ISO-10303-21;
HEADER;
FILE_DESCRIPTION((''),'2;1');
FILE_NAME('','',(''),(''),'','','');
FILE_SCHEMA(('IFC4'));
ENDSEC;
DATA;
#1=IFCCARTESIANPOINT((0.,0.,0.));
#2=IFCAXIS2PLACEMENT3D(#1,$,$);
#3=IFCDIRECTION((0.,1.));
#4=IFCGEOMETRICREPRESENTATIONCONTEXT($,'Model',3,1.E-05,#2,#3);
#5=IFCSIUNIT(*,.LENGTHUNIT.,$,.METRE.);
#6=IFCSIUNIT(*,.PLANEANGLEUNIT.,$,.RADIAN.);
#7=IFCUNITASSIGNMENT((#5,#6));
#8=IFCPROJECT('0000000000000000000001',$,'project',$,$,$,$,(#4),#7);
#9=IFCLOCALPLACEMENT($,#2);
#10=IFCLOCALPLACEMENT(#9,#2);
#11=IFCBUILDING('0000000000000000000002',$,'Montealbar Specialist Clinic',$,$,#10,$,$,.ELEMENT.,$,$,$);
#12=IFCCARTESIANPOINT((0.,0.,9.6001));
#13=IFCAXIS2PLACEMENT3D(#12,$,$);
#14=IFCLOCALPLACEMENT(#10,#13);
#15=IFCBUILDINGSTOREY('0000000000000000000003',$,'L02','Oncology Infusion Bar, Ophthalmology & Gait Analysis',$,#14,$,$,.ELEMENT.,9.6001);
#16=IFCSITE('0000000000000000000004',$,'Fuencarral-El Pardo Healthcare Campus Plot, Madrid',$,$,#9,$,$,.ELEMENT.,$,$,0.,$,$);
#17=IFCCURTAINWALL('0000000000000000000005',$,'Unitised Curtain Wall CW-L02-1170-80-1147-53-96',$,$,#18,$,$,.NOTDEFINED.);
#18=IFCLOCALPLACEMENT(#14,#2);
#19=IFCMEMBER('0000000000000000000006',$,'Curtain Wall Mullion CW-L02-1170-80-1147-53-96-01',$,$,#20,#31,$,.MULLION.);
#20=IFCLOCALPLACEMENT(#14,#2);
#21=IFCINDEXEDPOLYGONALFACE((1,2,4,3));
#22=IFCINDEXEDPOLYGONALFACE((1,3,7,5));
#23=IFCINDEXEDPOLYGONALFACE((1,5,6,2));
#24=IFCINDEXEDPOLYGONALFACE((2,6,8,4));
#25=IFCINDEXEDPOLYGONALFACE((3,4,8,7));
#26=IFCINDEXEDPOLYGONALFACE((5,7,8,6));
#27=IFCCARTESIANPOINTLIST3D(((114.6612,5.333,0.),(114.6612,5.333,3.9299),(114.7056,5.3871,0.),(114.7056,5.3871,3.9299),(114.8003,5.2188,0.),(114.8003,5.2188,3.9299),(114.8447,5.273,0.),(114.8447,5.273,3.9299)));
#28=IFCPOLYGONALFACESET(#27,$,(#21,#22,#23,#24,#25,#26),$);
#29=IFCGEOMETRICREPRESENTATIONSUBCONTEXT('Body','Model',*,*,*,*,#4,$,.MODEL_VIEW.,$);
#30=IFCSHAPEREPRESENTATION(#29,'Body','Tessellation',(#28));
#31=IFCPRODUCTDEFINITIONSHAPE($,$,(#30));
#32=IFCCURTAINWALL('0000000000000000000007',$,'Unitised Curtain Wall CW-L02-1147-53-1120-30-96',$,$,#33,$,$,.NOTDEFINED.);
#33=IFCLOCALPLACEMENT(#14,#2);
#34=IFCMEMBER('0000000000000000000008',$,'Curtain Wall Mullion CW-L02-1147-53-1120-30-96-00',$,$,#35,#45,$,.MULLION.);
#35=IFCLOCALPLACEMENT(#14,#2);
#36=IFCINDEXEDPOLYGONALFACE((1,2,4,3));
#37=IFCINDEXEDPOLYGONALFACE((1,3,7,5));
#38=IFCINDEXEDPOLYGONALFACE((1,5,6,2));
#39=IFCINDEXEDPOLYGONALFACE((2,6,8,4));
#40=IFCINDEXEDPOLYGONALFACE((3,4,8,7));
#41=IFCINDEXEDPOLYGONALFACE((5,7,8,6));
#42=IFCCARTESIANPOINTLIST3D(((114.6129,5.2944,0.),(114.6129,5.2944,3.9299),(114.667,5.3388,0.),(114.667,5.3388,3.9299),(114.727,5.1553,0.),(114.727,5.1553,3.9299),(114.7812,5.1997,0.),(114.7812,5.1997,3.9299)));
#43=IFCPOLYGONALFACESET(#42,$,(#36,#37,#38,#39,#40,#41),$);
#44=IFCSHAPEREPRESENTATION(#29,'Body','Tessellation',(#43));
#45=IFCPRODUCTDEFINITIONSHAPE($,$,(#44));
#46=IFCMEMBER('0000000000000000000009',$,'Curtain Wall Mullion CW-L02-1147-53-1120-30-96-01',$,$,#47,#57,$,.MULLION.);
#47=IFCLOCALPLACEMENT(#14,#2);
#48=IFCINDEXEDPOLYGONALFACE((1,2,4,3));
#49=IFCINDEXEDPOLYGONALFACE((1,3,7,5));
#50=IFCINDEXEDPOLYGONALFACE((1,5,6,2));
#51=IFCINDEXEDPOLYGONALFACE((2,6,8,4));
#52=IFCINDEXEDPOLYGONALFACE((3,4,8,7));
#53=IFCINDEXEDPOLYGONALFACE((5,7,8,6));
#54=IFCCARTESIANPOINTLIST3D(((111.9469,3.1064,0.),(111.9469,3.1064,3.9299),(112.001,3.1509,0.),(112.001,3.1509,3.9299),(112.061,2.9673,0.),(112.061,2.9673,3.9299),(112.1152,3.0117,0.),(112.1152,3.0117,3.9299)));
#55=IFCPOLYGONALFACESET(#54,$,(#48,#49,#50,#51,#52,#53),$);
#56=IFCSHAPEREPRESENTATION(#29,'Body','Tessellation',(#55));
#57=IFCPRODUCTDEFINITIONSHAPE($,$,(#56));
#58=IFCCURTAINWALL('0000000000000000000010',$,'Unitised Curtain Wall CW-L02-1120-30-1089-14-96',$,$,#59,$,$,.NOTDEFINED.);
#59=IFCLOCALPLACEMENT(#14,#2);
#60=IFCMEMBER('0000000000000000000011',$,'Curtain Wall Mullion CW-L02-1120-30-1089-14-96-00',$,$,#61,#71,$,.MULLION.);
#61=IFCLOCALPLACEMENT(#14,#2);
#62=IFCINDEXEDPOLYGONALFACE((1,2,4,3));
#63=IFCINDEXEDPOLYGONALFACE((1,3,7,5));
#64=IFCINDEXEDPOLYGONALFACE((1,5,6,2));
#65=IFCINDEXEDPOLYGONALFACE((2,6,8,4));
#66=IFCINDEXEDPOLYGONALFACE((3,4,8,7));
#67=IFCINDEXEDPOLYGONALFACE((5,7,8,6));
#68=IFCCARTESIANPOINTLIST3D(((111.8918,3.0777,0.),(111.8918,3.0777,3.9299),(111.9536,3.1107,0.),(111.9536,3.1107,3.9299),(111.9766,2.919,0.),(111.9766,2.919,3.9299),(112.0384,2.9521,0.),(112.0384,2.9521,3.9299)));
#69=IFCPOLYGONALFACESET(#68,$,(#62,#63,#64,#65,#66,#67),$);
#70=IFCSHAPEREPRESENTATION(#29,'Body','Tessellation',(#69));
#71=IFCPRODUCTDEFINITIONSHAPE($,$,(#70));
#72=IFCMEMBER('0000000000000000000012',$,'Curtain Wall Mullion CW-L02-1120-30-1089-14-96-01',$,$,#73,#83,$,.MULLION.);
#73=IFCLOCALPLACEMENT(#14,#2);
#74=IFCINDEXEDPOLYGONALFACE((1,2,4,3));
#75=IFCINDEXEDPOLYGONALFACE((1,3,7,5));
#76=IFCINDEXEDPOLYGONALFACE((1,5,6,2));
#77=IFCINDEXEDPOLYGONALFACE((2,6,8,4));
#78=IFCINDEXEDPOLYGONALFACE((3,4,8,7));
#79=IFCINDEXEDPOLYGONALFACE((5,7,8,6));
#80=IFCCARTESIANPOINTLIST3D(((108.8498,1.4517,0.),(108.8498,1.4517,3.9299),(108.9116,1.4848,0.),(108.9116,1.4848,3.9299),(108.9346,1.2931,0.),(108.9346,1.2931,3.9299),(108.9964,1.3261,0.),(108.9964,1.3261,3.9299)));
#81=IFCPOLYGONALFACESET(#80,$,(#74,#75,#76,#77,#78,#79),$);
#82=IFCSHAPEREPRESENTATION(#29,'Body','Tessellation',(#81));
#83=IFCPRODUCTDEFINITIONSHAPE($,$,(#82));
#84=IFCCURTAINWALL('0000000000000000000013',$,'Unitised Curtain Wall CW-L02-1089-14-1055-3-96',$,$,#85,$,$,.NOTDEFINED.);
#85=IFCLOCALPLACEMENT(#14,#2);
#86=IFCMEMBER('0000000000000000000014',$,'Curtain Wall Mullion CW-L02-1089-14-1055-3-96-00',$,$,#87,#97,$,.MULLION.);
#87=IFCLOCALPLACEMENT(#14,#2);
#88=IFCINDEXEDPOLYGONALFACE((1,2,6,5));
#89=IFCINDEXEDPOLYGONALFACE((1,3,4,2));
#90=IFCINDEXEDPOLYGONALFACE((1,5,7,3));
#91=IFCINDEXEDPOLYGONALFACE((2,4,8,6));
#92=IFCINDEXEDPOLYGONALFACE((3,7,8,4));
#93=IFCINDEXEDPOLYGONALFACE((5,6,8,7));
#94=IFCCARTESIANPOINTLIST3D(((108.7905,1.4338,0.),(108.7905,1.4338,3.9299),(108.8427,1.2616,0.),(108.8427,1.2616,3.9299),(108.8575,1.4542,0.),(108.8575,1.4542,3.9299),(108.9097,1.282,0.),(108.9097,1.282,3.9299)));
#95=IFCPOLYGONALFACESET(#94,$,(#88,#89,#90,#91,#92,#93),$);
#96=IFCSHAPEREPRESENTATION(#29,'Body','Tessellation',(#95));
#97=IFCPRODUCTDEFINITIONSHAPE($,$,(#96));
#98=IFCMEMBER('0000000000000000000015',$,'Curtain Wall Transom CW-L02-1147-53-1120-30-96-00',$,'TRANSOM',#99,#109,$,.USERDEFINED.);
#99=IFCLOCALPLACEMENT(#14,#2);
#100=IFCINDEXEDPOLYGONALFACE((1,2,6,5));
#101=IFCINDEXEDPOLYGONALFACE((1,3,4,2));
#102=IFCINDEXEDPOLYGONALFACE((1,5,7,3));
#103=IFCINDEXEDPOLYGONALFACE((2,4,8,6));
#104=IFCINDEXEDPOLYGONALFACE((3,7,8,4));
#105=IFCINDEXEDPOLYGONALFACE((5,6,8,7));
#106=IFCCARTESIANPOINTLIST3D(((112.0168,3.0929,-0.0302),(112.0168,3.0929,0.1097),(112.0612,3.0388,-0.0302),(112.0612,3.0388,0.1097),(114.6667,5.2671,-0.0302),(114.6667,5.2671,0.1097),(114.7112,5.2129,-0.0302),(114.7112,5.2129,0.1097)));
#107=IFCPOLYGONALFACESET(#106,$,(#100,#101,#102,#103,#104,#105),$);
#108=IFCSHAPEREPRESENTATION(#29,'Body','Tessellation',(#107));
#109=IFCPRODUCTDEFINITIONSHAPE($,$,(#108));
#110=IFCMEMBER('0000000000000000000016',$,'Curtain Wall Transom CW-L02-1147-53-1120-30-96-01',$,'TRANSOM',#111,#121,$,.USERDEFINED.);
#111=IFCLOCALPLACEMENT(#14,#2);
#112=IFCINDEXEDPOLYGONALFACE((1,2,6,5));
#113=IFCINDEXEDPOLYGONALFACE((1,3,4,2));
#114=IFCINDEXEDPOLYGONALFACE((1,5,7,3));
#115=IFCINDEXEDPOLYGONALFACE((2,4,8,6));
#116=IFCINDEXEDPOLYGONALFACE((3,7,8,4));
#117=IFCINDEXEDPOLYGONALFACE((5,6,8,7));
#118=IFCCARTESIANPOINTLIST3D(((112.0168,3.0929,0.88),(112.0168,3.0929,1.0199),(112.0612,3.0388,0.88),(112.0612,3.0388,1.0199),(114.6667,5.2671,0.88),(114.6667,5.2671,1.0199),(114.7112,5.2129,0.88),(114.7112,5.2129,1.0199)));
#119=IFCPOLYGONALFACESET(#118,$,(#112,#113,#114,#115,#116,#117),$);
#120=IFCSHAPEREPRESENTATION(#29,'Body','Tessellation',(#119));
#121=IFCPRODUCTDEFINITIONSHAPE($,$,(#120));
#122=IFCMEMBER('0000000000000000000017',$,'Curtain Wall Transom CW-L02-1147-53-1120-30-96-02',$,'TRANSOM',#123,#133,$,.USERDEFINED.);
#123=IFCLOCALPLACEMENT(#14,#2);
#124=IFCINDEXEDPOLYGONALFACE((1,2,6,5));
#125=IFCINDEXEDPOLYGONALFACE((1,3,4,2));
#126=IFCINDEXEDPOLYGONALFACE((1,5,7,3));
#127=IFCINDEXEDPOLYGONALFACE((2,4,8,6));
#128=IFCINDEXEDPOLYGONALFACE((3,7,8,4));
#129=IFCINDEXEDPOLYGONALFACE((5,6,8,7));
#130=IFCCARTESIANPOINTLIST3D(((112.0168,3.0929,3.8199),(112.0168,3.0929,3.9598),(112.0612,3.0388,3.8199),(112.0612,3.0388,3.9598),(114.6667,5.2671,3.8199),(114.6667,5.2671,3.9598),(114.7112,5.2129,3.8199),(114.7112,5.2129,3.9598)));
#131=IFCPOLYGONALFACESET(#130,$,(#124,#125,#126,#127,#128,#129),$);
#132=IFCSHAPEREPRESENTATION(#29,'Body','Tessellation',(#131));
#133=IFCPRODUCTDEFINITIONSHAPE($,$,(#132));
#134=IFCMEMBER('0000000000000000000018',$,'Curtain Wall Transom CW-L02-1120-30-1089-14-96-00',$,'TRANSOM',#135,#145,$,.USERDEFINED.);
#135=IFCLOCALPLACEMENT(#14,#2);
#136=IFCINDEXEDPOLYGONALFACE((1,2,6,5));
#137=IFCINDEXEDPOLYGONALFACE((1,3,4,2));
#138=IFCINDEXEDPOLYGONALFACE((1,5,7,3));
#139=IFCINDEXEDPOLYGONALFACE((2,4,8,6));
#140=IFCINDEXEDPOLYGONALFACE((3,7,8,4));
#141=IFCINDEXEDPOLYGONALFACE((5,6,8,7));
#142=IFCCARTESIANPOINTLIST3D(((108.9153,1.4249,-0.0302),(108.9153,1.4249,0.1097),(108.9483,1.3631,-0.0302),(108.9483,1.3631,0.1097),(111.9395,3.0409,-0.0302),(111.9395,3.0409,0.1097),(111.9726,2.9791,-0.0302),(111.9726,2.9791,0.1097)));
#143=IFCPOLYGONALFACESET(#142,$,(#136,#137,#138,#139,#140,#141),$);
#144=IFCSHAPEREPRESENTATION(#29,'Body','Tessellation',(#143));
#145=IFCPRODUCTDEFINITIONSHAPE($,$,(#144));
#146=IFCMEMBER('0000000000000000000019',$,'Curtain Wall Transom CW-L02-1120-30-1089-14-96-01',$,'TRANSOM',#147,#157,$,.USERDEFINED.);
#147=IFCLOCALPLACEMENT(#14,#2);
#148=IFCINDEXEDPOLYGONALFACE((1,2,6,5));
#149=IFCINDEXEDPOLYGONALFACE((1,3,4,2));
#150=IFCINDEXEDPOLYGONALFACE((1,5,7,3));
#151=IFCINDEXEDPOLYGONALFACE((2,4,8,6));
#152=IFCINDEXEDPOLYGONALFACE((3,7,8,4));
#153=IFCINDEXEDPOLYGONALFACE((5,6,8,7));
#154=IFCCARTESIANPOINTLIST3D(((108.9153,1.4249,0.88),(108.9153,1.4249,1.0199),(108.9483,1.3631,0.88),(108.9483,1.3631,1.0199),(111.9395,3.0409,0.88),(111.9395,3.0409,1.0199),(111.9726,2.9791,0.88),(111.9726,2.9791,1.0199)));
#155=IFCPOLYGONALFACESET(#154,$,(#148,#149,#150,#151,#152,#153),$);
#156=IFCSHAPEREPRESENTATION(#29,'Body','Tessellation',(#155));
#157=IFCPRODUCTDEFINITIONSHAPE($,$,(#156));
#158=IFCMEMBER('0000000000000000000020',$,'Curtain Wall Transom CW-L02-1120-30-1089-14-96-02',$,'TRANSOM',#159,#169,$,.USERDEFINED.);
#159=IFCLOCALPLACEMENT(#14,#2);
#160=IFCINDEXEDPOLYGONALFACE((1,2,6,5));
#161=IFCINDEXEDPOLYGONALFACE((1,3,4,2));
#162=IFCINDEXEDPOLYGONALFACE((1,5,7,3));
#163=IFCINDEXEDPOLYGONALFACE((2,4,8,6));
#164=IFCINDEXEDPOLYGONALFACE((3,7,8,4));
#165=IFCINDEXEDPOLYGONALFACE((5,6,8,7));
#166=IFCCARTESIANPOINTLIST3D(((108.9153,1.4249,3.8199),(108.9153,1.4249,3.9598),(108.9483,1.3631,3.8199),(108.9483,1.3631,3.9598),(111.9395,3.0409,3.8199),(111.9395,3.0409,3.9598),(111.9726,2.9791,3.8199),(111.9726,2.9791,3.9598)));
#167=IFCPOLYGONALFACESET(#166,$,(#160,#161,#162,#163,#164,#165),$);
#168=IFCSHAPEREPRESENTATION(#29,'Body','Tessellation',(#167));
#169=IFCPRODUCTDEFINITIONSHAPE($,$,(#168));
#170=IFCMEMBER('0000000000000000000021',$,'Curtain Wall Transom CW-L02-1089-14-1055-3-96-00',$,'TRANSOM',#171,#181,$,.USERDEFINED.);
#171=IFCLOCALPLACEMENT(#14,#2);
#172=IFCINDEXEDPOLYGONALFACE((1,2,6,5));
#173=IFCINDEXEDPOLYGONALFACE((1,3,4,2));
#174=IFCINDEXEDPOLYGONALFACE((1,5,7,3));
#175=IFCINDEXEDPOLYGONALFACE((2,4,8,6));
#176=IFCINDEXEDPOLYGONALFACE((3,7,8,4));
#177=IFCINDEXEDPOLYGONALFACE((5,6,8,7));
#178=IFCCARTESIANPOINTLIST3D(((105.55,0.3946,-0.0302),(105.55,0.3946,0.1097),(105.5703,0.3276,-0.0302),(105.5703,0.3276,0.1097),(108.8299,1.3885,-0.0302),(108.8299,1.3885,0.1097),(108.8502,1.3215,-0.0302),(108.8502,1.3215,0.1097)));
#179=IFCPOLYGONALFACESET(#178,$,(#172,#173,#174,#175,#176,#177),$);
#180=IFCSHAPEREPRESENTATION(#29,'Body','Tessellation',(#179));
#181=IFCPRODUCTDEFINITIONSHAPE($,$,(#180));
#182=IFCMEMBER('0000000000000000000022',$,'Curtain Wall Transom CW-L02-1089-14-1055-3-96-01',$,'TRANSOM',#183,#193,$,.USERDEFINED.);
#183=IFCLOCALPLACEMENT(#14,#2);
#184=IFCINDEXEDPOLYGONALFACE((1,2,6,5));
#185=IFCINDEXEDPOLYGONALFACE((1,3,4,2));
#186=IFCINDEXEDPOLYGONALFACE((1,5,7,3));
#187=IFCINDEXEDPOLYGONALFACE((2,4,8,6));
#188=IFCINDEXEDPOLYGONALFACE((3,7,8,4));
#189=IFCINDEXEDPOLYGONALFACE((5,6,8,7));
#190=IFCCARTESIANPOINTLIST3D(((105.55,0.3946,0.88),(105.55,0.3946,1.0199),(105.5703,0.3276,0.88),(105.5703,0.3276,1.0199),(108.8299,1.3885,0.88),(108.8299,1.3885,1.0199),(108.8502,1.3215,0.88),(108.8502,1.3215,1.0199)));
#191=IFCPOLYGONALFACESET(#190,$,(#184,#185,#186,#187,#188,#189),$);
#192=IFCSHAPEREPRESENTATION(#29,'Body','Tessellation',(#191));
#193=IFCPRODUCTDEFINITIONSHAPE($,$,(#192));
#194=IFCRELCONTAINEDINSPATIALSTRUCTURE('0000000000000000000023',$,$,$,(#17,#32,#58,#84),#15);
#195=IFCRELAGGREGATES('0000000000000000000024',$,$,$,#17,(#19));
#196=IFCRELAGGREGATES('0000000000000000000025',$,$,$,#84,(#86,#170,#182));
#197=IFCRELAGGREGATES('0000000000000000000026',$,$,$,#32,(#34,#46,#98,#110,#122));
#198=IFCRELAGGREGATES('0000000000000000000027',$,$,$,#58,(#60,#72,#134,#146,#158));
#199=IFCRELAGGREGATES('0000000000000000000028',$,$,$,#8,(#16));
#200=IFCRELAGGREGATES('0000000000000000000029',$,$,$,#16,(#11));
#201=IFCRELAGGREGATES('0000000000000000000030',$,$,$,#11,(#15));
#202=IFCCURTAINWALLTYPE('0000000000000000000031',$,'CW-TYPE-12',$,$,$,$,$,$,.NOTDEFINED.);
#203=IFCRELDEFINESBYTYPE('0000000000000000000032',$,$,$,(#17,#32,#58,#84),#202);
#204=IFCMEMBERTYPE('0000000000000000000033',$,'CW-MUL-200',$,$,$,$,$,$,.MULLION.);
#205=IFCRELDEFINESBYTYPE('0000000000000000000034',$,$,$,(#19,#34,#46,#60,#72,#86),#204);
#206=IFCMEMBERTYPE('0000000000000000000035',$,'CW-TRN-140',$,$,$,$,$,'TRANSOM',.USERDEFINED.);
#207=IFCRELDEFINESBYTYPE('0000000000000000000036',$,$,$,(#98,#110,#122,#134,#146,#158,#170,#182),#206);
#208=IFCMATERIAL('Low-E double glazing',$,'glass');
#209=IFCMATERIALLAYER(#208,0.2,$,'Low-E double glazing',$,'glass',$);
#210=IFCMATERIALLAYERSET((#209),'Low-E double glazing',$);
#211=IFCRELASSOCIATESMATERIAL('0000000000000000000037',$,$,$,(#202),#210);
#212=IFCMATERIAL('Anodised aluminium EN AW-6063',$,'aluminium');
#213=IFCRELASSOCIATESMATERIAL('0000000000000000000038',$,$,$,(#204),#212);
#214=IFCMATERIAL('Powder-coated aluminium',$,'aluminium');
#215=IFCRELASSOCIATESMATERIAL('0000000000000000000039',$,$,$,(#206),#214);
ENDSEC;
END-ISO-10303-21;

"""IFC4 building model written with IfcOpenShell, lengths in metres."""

from ifc_helpers import new_model, si_unit, direction, frame, origin, origin_2d, place, context, subcontext, project, spatial, rectangle, extrude, material, layer, layer_set, material_profile, profile_set, type_object, element, aggregate, save


model = new_model("IFC4")

# Units and contexts
model_context = context("Model", 3, precision=1e-05, world=origin(), true_north=direction((0.0, 1.0)))
body_context = subcontext(model_context, "Body", "Model", "MODEL_VIEW")
ifc_project = project(units=[si_unit("LENGTHUNIT", "METRE"), si_unit("PLANEANGLEUNIT", "RADIAN")], contexts=[model_context])

# Site, building, storey
site_placement = place(None, origin())
site = spatial("IfcSite", under=ifc_project, at=site_placement, Name="Fuencarral-El Pardo Healthcare Campus Plot, Madrid", CompositionType="ELEMENT", RefElevation=0.0)
building_placement = place(site_placement, origin())
building = spatial("IfcBuilding", under=site, at=building_placement, Name="Montealbar Specialist Clinic", CompositionType="ELEMENT")
storey_placement = place(building_placement, frame((0.0, 0.0, 9.6001)))
storey = spatial("IfcBuildingStorey", under=building, at=storey_placement, Name="L02", Description="Oncology Infusion Bar, Ophthalmology & Gait Analysis", CompositionType="ELEMENT", Elevation=9.6001)

# Curtain wall, member
ifc_material_1 = material(Name="Low-E double glazing", Category="glass")
ifc_layer_1 = layer(ifc_material_1, 0.2, Name="Low-E double glazing", Category="glass")
ifc_layer_set_1 = layer_set([ifc_layer_1], Name="Low-E double glazing")
curtain_wall_type = type_object("IfcCurtainWallType", Name="CW-TYPE-12", PredefinedType="NOTDEFINED", material=ifc_layer_set_1)
curtain_wall_1_placement = place(storey_placement, origin())
curtain_wall_1 = element("IfcCurtainWall", 1, at=curtain_wall_1_placement, inside=storey, type_object=curtain_wall_type, Name="Unitised Curtain Wall CW-L02-1170-80-1147-53-96", PredefinedType="NOTDEFINED")
ifc_material_2 = material(Name="Anodised aluminium EN AW-6063", Category="aluminium")
ifc_material_profile_1 = material_profile(ifc_material_2, rectangle(XDim=0.0701, YDim=0.1799, at=origin_2d()), Name="ALU 70x180", Category="aluminium")
ifc_profile_set_1 = profile_set([ifc_material_profile_1], Name="Anodised aluminium EN AW-6063")
member_type_1 = type_object("IfcMemberType", Name="CW-MUL-200", PredefinedType="MULLION", material=ifc_profile_set_1)
member_1_placement = place(storey_placement, frame((114.7529, 5.303, 0.0), z_axis=(0.0, 0.0, 1.0), x_axis=(-0.634256, -0.773123, 0.0)))
member_1 = element("IfcMember", 2, at=member_1_placement, type_object=member_type_1, Name="Curtain Wall Mullion CW-L02-1170-80-1147-53-96-01", PredefinedType="MULLION", context=body_context, shape_type="SweptSolid", body=[
    extrude(rectangle(XDim=0.0701, YDim=0.1799, at=origin_2d()), origin(), (0.0, 0.0, 1.0), 3.9299),
])
aggregate(curtain_wall_1, [member_1])

# Curtain walls, members
curtain_wall_2_placement = place(storey_placement, origin())
curtain_wall_2 = element("IfcCurtainWall", 3, at=curtain_wall_2_placement, inside=storey, type_object=curtain_wall_type, Name="Unitised Curtain Wall CW-L02-1147-53-1120-30-96", PredefinedType="NOTDEFINED")
member_2_placement = place(storey_placement, frame((114.697, 5.2471, 0.0), z_axis=(0.0, 0.0, 1.0), x_axis=(-0.773123, -0.634256, 0.0)))
member_2 = element("IfcMember", 4, at=member_2_placement, type_object=member_type_1, Name="Curtain Wall Mullion CW-L02-1147-53-1120-30-96-00", PredefinedType="MULLION", context=body_context, shape_type="SweptSolid", body=[
    extrude(rectangle(XDim=0.0701, YDim=0.1799, at=origin_2d()), origin(), (0.0, 0.0, 1.0), 3.9299),
])
member_3_placement = place(storey_placement, frame((112.031, 3.0591, 0.0), z_axis=(0.0, 0.0, 1.0), x_axis=(-0.773123, -0.634256, 0.0)))
member_3 = element("IfcMember", 5, at=member_3_placement, type_object=member_type_1, Name="Curtain Wall Mullion CW-L02-1147-53-1120-30-96-01", PredefinedType="MULLION", context=body_context, shape_type="SweptSolid", body=[
    extrude(rectangle(XDim=0.0701, YDim=0.1799, at=origin_2d()), origin(), (0.0, 0.0, 1.0), 3.9299),
])
curtain_wall_3_placement = place(storey_placement, origin())
curtain_wall_3 = element("IfcCurtainWall", 6, at=curtain_wall_3_placement, inside=storey, type_object=curtain_wall_type, Name="Unitised Curtain Wall CW-L02-1120-30-1089-14-96", PredefinedType="NOTDEFINED")
member_4_placement = place(storey_placement, frame((111.9651, 3.0149, 0.0), z_axis=(0.0, 0.0, 1.0), x_axis=(-0.88185, -0.471529, 0.0)))
member_4 = element("IfcMember", 7, at=member_4_placement, type_object=member_type_1, Name="Curtain Wall Mullion CW-L02-1120-30-1089-14-96-00", PredefinedType="MULLION", context=body_context, shape_type="SweptSolid", body=[
    extrude(rectangle(XDim=0.0701, YDim=0.1799, at=origin_2d()), origin(), (0.0, 0.0, 1.0), 3.9299),
])
member_5_placement = place(storey_placement, frame((108.9231, 1.3889, 0.0), z_axis=(0.0, 0.0, 1.0), x_axis=(-0.88185, -0.471529, 0.0)))
member_5 = element("IfcMember", 8, at=member_5_placement, type_object=member_type_1, Name="Curtain Wall Mullion CW-L02-1120-30-1089-14-96-01", PredefinedType="MULLION", context=body_context, shape_type="SweptSolid", body=[
    extrude(rectangle(XDim=0.0701, YDim=0.1799, at=origin_2d()), origin(), (0.0, 0.0, 1.0), 3.9299),
])

# Curtain wall, member
curtain_wall_4_placement = place(storey_placement, origin())
curtain_wall_4 = element("IfcCurtainWall", 9, at=curtain_wall_4_placement, inside=storey, type_object=curtain_wall_type, Name="Unitised Curtain Wall CW-L02-1089-14-1055-3-96", PredefinedType="NOTDEFINED")
member_6_placement = place(storey_placement, frame((108.8501, 1.3579, 0.0), z_axis=(0.0, 0.0, 1.0), x_axis=(-0.956948, -0.290259, 0.0)))
member_6 = element("IfcMember", 10, at=member_6_placement, type_object=member_type_1, Name="Curtain Wall Mullion CW-L02-1089-14-1055-3-96-00", PredefinedType="MULLION", context=body_context, shape_type="SweptSolid", body=[
    extrude(rectangle(XDim=0.0701, YDim=0.1799, at=origin_2d()), origin(), (0.0, 0.0, 1.0), 3.9299),
])

# Members
ifc_material_3 = material(Name="Powder-coated aluminium", Category="aluminium")
ifc_material_profile_2 = material_profile(ifc_material_3, rectangle(XDim=0.0701, YDim=0.1399, at=origin_2d()), Name="ALU 70x140", Category="aluminium")
ifc_profile_set_2 = profile_set([ifc_material_profile_2], Name="Powder-coated aluminium")
member_type_2 = type_object("IfcMemberType", Name="CW-TRN-140", ElementType="TRANSOM", PredefinedType="USERDEFINED", material=ifc_profile_set_2)
member_7_placement = place(storey_placement, frame((114.689, 5.24, 0.0398), z_axis=(-0.773103, -0.634281, 0.0), x_axis=(0.634281, -0.773103, 0.0)))
member_7 = element("IfcMember", 11, at=member_7_placement, type_object=member_type_2, Name="Curtain Wall Transom CW-L02-1147-53-1120-30-96-00", ObjectType="TRANSOM", PredefinedType="USERDEFINED", context=body_context, shape_type="SweptSolid", body=[
    extrude(rectangle(XDim=0.0701, YDim=0.1399, at=origin_2d()), origin(), (0.0, 0.0, 1.0), 3.4277),
])
member_8_placement = place(storey_placement, frame((114.689, 5.24, 0.95), z_axis=(-0.773103, -0.634281, 0.0), x_axis=(0.634281, -0.773103, 0.0)))
member_8 = element("IfcMember", 12, at=member_8_placement, type_object=member_type_2, Name="Curtain Wall Transom CW-L02-1147-53-1120-30-96-01", ObjectType="TRANSOM", PredefinedType="USERDEFINED", context=body_context, shape_type="SweptSolid", body=[
    extrude(rectangle(XDim=0.0701, YDim=0.1399, at=origin_2d()), origin(), (0.0, 0.0, 1.0), 3.4277),
])
member_9_placement = place(storey_placement, frame((114.689, 5.24, 3.8899), z_axis=(-0.773103, -0.634281, 0.0), x_axis=(0.634281, -0.773103, 0.0)))
member_9 = element("IfcMember", 13, at=member_9_placement, type_object=member_type_2, Name="Curtain Wall Transom CW-L02-1147-53-1120-30-96-02", ObjectType="TRANSOM", PredefinedType="USERDEFINED", context=body_context, shape_type="SweptSolid", body=[
    extrude(rectangle(XDim=0.0701, YDim=0.1399, at=origin_2d()), origin(), (0.0, 0.0, 1.0), 3.4277),
])
member_10_placement = place(storey_placement, frame((111.9561, 3.01, 0.0398), z_axis=(-0.88198, -0.471287, 0.0), x_axis=(0.471287, -0.88198, 0.0)))
member_10 = element("IfcMember", 14, at=member_10_placement, type_object=member_type_2, Name="Curtain Wall Transom CW-L02-1120-30-1089-14-96-00", ObjectType="TRANSOM", PredefinedType="USERDEFINED", context=body_context, shape_type="SweptSolid", body=[
    extrude(rectangle(XDim=0.0701, YDim=0.1399, at=origin_2d()), origin(), (0.0, 0.0, 1.0), 3.429),
])
member_11_placement = place(storey_placement, frame((111.9561, 3.01, 0.95), z_axis=(-0.88198, -0.471287, 0.0), x_axis=(0.471287, -0.88198, 0.0)))
member_11 = element("IfcMember", 15, at=member_11_placement, type_object=member_type_2, Name="Curtain Wall Transom CW-L02-1120-30-1089-14-96-01", ObjectType="TRANSOM", PredefinedType="USERDEFINED", context=body_context, shape_type="SweptSolid", body=[
    extrude(rectangle(XDim=0.0701, YDim=0.1399, at=origin_2d()), origin(), (0.0, 0.0, 1.0), 3.429),
])
member_12_placement = place(storey_placement, frame((111.9561, 3.01, 3.8899), z_axis=(-0.88198, -0.471287, 0.0), x_axis=(0.471287, -0.88198, 0.0)))
member_12 = element("IfcMember", 16, at=member_12_placement, type_object=member_type_2, Name="Curtain Wall Transom CW-L02-1120-30-1089-14-96-02", ObjectType="TRANSOM", PredefinedType="USERDEFINED", context=body_context, shape_type="SweptSolid", body=[
    extrude(rectangle(XDim=0.0701, YDim=0.1399, at=origin_2d()), origin(), (0.0, 0.0, 1.0), 3.429),
])
member_13_placement = place(storey_placement, frame((108.8401, 1.355, 0.0398), z_axis=(-0.957029, -0.289994, 0.0), x_axis=(0.289994, -0.957029, 0.0)))
member_13 = element("IfcMember", 17, at=member_13_placement, type_object=member_type_2, Name="Curtain Wall Transom CW-L02-1089-14-1055-3-96-00", ObjectType="TRANSOM", PredefinedType="USERDEFINED", context=body_context, shape_type="SweptSolid", body=[
    extrude(rectangle(XDim=0.0701, YDim=0.1399, at=origin_2d()), origin(), (0.0, 0.0, 1.0), 3.4272),
])
member_14_placement = place(storey_placement, frame((108.8401, 1.355, 0.95), z_axis=(-0.957029, -0.289994, 0.0), x_axis=(0.289994, -0.957029, 0.0)))
member_14 = element("IfcMember", 18, at=member_14_placement, type_object=member_type_2, Name="Curtain Wall Transom CW-L02-1089-14-1055-3-96-01", ObjectType="TRANSOM", PredefinedType="USERDEFINED", context=body_context, shape_type="SweptSolid", body=[
    extrude(rectangle(XDim=0.0701, YDim=0.1399, at=origin_2d()), origin(), (0.0, 0.0, 1.0), 3.4272),
])
aggregate(curtain_wall_4, [member_6, member_13, member_14])

aggregate(curtain_wall_2, [member_2, member_3, member_7, member_8, member_9])
aggregate(curtain_wall_3, [member_4, member_5, member_10, member_11, member_12])

save(model, "model.ifc")
